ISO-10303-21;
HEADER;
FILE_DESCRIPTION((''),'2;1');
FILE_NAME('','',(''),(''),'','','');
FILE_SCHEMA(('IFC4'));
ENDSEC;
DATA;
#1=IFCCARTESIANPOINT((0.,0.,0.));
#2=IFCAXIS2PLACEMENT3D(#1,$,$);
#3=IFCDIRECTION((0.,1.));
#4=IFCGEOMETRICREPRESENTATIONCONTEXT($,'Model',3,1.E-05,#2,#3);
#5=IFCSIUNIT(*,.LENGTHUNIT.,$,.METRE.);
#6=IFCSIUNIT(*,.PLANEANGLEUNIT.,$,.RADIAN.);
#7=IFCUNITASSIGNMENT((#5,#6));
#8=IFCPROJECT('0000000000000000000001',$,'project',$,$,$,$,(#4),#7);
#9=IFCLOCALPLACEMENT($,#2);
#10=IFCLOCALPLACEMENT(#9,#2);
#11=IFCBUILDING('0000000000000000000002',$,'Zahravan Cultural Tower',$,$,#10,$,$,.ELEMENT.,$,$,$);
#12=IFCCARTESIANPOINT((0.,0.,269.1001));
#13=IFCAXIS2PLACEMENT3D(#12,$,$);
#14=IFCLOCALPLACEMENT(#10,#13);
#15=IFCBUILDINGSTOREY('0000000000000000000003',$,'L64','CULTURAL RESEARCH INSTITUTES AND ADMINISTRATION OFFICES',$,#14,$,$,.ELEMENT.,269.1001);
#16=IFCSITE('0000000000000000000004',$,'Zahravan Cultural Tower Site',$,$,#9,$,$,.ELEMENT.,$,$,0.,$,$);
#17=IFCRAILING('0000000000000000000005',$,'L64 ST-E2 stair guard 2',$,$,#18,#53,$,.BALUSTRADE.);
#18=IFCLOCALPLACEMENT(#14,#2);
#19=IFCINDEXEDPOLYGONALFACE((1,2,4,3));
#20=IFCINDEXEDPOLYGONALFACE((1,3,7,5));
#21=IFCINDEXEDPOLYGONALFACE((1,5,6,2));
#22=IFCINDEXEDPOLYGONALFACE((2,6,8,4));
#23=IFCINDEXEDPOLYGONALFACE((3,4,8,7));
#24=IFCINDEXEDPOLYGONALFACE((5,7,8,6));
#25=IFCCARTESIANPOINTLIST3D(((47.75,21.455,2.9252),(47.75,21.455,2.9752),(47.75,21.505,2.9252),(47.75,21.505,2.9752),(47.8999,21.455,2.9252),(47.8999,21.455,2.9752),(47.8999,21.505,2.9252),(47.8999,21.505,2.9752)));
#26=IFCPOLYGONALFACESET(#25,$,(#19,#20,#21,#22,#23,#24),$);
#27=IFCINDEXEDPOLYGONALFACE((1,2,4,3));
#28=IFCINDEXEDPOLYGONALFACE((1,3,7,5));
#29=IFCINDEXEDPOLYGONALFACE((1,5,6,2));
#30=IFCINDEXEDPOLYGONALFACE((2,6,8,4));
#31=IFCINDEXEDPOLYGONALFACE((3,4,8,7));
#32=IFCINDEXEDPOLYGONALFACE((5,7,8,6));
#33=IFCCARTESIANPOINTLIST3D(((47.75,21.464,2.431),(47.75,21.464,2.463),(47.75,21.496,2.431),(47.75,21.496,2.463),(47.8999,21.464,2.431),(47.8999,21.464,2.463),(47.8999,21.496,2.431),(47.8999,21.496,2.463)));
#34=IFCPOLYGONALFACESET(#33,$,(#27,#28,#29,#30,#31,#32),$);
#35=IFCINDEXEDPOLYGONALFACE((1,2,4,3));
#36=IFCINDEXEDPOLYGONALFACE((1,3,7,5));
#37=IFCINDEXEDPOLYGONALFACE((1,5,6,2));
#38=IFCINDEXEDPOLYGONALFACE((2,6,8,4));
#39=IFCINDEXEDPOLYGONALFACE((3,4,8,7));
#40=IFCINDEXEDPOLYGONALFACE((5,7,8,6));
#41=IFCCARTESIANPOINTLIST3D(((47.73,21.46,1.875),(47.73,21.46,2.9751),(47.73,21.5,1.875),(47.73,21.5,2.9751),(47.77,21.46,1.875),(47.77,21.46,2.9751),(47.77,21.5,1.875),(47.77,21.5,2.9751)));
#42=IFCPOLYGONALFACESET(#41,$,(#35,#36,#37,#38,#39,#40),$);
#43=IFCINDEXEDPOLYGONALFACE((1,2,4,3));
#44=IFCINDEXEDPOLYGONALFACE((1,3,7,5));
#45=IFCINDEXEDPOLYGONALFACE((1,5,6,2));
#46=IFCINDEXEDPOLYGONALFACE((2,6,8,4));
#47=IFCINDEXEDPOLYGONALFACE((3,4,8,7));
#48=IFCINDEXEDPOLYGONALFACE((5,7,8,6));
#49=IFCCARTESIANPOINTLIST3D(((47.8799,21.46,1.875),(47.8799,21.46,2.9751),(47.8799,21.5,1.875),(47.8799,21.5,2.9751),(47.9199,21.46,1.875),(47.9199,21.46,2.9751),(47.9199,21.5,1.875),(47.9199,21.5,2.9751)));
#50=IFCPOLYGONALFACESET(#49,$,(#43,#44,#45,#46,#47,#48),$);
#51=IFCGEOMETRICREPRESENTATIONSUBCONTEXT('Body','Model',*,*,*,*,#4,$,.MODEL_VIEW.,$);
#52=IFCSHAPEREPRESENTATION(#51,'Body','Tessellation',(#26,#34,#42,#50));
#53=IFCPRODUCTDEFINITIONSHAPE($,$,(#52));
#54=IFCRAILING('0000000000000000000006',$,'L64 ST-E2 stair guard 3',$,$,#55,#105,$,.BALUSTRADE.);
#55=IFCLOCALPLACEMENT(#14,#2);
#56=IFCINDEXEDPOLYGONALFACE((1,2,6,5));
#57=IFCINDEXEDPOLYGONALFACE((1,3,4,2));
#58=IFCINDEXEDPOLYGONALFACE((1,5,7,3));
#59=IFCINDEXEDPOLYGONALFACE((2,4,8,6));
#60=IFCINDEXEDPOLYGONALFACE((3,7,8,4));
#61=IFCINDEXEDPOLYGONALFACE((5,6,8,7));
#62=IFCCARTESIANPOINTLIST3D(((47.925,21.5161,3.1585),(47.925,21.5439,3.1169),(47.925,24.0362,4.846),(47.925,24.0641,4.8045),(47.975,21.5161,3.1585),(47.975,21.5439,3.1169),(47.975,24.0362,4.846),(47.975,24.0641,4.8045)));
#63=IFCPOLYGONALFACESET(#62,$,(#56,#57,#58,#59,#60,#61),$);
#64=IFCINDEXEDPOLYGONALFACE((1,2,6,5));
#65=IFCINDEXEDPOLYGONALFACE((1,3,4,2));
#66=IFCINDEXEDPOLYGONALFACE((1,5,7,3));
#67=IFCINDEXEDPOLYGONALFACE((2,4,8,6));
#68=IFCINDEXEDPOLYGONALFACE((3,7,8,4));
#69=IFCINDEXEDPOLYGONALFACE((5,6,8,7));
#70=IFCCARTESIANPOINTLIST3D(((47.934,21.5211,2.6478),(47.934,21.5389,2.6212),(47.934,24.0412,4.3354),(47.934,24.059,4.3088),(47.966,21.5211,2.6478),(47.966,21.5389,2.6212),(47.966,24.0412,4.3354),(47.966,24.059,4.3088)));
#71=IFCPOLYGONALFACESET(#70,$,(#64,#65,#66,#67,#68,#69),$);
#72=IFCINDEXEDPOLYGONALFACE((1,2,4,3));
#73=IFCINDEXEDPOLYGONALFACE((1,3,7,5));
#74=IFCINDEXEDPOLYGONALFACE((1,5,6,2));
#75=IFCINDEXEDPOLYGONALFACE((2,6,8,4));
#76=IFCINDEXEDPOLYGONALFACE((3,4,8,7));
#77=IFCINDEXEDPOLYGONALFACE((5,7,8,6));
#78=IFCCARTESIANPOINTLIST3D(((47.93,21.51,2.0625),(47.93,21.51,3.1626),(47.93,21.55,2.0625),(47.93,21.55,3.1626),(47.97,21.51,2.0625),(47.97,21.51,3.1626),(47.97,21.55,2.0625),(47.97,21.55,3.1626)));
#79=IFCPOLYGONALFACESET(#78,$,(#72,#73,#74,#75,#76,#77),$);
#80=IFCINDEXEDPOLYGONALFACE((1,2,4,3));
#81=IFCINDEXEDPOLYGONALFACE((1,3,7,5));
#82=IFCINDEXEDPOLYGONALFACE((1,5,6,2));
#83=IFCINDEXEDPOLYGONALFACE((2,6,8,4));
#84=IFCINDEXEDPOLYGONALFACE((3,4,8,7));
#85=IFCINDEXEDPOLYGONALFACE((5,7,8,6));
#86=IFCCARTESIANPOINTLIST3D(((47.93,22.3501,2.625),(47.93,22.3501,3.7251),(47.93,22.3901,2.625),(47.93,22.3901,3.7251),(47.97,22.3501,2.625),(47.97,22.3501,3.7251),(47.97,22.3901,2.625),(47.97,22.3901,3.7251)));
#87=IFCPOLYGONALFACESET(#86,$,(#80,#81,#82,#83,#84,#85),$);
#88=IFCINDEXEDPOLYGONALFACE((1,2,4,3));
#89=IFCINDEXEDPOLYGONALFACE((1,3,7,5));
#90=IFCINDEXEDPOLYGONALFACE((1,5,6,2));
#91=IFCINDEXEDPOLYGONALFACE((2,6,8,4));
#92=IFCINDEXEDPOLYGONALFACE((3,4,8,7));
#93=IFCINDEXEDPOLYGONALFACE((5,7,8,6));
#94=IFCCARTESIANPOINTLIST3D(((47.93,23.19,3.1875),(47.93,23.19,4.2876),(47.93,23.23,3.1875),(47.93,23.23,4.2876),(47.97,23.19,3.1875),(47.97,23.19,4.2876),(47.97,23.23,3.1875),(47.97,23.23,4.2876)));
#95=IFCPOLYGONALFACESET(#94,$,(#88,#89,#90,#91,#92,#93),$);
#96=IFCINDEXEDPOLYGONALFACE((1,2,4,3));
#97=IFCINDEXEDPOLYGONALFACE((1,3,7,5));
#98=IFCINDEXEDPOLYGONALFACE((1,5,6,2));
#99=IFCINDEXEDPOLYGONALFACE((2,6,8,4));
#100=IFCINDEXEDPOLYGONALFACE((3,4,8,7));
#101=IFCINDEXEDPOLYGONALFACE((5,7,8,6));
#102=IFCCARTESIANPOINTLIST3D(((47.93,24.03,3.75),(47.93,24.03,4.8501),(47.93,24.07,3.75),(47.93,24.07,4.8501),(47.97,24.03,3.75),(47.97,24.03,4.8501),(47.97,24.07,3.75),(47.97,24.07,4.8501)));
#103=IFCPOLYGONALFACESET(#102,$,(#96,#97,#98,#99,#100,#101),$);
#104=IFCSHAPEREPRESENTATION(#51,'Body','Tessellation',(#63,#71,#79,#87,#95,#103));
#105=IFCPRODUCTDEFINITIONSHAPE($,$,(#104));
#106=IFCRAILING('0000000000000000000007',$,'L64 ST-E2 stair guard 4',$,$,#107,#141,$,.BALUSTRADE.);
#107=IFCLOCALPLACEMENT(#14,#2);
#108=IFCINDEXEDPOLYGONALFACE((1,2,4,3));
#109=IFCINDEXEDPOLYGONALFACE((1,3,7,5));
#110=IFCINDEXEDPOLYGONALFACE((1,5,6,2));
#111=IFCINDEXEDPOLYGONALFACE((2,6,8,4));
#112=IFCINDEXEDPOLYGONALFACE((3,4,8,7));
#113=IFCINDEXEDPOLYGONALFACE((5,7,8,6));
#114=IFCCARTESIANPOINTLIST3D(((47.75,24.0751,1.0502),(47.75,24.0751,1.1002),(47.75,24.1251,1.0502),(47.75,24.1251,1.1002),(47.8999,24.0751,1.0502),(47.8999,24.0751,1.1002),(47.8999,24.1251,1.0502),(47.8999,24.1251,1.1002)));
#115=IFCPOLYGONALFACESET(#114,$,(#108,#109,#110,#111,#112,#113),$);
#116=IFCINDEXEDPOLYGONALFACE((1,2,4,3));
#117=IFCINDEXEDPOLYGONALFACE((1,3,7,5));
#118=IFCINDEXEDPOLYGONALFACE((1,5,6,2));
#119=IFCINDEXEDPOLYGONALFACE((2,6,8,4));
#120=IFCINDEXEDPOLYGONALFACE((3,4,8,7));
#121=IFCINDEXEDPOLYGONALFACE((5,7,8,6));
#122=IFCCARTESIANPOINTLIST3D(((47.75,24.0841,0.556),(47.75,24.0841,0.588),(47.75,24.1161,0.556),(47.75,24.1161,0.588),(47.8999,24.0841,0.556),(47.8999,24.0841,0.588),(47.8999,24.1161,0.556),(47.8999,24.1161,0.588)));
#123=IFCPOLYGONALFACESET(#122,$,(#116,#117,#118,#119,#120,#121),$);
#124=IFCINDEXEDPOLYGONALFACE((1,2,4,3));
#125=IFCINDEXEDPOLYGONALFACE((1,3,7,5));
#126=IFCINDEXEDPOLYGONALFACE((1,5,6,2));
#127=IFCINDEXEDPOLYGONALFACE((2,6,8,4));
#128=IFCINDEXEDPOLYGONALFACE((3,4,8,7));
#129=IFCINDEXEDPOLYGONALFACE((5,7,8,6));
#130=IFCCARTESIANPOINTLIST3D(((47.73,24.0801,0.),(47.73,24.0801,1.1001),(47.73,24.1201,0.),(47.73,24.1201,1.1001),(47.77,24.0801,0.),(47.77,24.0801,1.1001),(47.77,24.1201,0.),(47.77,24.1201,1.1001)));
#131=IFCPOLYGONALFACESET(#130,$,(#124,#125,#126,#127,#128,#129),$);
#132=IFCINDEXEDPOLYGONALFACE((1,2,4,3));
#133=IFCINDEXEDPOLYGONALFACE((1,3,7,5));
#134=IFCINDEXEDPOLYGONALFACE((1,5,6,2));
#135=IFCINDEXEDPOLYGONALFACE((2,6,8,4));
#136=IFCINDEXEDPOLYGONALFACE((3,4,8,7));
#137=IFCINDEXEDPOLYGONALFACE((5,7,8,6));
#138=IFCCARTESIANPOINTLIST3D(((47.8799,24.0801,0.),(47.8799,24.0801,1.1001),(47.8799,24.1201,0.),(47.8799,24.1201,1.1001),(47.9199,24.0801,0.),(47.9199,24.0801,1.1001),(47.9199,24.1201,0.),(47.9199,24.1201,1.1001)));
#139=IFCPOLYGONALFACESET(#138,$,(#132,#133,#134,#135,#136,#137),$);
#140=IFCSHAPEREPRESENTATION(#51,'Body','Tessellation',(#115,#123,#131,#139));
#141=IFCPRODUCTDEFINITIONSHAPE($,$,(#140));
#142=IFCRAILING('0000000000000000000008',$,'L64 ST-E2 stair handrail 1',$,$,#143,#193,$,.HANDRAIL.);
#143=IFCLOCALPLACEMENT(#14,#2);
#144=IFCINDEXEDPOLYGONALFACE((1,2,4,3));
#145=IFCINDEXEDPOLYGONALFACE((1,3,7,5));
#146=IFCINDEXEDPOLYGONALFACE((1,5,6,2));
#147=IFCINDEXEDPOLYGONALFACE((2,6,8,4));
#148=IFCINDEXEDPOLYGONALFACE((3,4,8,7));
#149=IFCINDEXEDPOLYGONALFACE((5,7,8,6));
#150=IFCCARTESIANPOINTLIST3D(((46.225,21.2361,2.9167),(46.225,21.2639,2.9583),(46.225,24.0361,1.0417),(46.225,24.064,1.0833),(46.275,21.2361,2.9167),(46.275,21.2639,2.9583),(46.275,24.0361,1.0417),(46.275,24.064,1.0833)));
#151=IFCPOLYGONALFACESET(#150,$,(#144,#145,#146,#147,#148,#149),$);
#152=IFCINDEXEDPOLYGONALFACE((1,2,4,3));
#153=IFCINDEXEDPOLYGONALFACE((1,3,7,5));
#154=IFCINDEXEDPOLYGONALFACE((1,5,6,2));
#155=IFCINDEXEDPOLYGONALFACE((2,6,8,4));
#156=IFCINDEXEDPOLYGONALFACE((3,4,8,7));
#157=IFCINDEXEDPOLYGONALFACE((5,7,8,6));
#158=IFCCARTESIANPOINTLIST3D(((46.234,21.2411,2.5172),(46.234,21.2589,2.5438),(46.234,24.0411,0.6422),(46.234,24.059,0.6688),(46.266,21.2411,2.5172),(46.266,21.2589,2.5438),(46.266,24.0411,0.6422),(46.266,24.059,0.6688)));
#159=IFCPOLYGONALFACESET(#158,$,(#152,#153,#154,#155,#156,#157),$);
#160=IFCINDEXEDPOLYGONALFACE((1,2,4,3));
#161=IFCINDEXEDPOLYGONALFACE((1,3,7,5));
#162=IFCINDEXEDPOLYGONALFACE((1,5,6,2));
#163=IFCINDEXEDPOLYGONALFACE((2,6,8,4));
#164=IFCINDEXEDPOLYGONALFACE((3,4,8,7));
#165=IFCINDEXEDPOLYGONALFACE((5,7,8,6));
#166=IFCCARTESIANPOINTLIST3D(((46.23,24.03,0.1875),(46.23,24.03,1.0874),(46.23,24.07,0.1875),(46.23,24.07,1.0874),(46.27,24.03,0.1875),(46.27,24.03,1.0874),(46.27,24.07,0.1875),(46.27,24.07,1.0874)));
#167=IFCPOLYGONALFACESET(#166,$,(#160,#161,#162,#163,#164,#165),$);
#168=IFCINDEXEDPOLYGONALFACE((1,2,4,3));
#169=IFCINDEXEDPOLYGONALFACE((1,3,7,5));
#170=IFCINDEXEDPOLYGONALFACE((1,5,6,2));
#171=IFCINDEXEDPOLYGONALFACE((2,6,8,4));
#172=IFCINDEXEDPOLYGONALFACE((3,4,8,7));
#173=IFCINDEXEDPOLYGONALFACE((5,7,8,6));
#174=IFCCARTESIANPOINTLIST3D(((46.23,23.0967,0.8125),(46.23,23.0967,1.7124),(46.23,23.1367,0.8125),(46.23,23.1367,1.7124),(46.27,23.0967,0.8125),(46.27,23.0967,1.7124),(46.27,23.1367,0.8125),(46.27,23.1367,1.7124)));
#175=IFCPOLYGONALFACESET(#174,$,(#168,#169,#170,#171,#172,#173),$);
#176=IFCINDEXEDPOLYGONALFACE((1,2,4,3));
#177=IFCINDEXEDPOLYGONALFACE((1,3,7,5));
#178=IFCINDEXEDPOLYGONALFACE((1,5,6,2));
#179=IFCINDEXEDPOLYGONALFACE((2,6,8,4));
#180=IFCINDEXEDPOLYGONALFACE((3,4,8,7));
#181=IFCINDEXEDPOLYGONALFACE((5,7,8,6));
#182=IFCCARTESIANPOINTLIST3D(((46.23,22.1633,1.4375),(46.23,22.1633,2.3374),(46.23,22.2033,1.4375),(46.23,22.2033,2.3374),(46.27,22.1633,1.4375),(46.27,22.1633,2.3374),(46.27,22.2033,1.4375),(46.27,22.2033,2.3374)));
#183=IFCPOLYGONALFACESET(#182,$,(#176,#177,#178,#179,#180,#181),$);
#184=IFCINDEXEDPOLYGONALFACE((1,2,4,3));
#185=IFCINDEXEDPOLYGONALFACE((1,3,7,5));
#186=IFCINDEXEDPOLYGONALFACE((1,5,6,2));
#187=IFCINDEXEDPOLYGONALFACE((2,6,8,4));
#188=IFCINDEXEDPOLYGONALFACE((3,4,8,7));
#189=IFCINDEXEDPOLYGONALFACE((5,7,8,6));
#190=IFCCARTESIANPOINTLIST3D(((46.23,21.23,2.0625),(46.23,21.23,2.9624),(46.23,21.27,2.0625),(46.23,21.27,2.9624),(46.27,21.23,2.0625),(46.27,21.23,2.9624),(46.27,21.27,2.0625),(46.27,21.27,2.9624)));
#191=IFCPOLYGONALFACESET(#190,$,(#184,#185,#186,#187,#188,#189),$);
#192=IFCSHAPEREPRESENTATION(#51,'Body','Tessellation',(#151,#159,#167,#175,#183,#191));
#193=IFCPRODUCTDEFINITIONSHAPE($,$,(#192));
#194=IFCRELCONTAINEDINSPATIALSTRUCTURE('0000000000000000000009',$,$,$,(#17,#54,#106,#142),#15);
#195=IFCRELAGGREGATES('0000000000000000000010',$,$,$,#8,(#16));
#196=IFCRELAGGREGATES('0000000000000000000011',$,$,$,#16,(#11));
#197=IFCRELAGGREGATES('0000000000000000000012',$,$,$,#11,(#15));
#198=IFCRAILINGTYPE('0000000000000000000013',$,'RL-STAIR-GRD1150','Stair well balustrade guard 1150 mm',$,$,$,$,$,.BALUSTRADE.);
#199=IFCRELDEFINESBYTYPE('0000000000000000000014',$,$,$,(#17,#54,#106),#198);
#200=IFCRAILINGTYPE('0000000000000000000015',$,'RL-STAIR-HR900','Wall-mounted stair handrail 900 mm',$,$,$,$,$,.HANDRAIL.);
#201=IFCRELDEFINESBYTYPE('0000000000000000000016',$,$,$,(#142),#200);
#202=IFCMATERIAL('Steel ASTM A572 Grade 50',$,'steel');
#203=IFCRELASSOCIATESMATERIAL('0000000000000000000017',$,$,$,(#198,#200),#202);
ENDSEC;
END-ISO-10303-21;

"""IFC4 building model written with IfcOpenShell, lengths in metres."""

from ifc_helpers import new_model, si_unit, direction, frame, origin, origin_2d, place, context, subcontext, project, spatial, rectangle, extrude, material, type_object, element, save


model = new_model("IFC4")

# Units and contexts
model_context = context("Model", 3, precision=1e-05, world=origin(), true_north=direction((0.0, 1.0)))
body_context = subcontext(model_context, "Body", "Model", "MODEL_VIEW")
ifc_project = project(units=[si_unit("LENGTHUNIT", "METRE"), si_unit("PLANEANGLEUNIT", "RADIAN")], contexts=[model_context])

# Site, building, storey
site_placement = place(None, origin())
site = spatial("IfcSite", under=ifc_project, at=site_placement, Name="Zahravan Cultural Tower Site", CompositionType="ELEMENT", RefElevation=0.0)
building_placement = place(site_placement, origin())
building = spatial("IfcBuilding", under=site, at=building_placement, Name="Zahravan Cultural Tower", CompositionType="ELEMENT")
storey_placement = place(building_placement, frame((0.0, 0.0, 269.1001)))
storey = spatial("IfcBuildingStorey", under=building, at=storey_placement, Name="L64", Description="CULTURAL RESEARCH INSTITUTES AND ADMINISTRATION OFFICES", CompositionType="ELEMENT", Elevation=269.1001)

# Shared definitions
ifc_material_1 = material(Name="Steel ASTM A572 Grade 50", Category="steel")

# Railings
railing_type_1 = type_object("IfcRailingType", Name="RL-STAIR-GRD1150", Description="Stair well balustrade guard 1150 mm", PredefinedType="BALUSTRADE", material=ifc_material_1)
railing_1_placement = place(storey_placement, frame((47.75, 21.48, 1.875)))
element("IfcRailing", 1, at=railing_1_placement, inside=storey, type_object=railing_type_1, Name="L64 ST-E2 stair guard 2", PredefinedType="BALUSTRADE", context=body_context, shape_type="SweptSolid", body=[
    extrude(rectangle(XDim=0.05, YDim=0.05, at=origin_2d()), frame((0.0, 0.0, 1.0752), z_axis=(1.0, 0.0, 0.0), x_axis=(0.0, 1.0, 0.0)), (0.0, 0.0, 1.0), 0.1499),
    extrude(rectangle(XDim=0.032, YDim=0.032, at=origin_2d()), frame((0.0, 0.0, 0.572), z_axis=(1.0, 0.0, 0.0), x_axis=(0.0, 1.0, 0.0)), (0.0, 0.0, 1.0), 0.1499),
    extrude(rectangle(XDim=0.04, YDim=0.04, at=origin_2d()), origin(), (0.0, 0.0, 1.0), 1.1001),
    extrude(rectangle(XDim=0.04, YDim=0.04, at=origin_2d()), frame((0.1499, 0.0, 0.0)), (0.0, 0.0, 1.0), 1.1001),
])
railing_2_placement = place(storey_placement, frame((47.95, 21.53, 2.0625)))
element("IfcRailing", 2, at=railing_2_placement, inside=storey, type_object=railing_type_1, Name="L64 ST-E2 stair guard 3", PredefinedType="BALUSTRADE", context=body_context, shape_type="SweptSolid", body=[
    extrude(rectangle(XDim=0.05, YDim=0.05, at=origin_2d()), frame((0.0, 0.0, 1.0752), z_axis=(0.0, 0.830909, 0.556408), x_axis=(-1.0, 0.0, 0.0)), (0.0, 0.0, 1.0), 3.033),
    extrude(rectangle(XDim=0.032, YDim=0.032, at=origin_2d()), frame((0.0, 0.0, 0.572), z_axis=(0.0, 0.830909, 0.556408), x_axis=(-1.0, 0.0, 0.0)), (0.0, 0.0, 1.0), 3.033),
    extrude(rectangle(XDim=0.04, YDim=0.04, at=origin_2d()), origin(), (0.0, 0.0, 1.0), 1.1001),
    extrude(rectangle(XDim=0.04, YDim=0.04, at=origin_2d()), frame((0.0, 0.8401, 0.5625)), (0.0, 0.0, 1.0), 1.1001),
    extrude(rectangle(XDim=0.04, YDim=0.04, at=origin_2d()), frame((0.0, 1.6799, 1.125)), (0.0, 0.0, 1.0), 1.1001),
    extrude(rectangle(XDim=0.04, YDim=0.04, at=origin_2d()), frame((0.0, 2.52, 1.6875)), (0.0, 0.0, 1.0), 1.1001),
])
railing_3_placement = place(storey_placement, frame((47.75, 24.1001, 0.0)))
element("IfcRailing", 3, at=railing_3_placement, inside=storey, type_object=railing_type_1, Name="L64 ST-E2 stair guard 4", PredefinedType="BALUSTRADE", context=body_context, shape_type="SweptSolid", body=[
    extrude(rectangle(XDim=0.05, YDim=0.05, at=origin_2d()), frame((0.0, 0.0, 1.0752), z_axis=(1.0, 0.0, 0.0), x_axis=(0.0, 1.0, 0.0)), (0.0, 0.0, 1.0), 0.1499),
    extrude(rectangle(XDim=0.032, YDim=0.032, at=origin_2d()), frame((0.0, 0.0, 0.572), z_axis=(1.0, 0.0, 0.0), x_axis=(0.0, 1.0, 0.0)), (0.0, 0.0, 1.0), 0.1499),
    extrude(rectangle(XDim=0.04, YDim=0.04, at=origin_2d()), origin(), (0.0, 0.0, 1.0), 1.1001),
    extrude(rectangle(XDim=0.04, YDim=0.04, at=origin_2d()), frame((0.1499, 0.0, 0.0)), (0.0, 0.0, 1.0), 1.1001),
])
railing_type_2 = type_object("IfcRailingType", Name="RL-STAIR-HR900", Description="Wall-mounted stair handrail 900 mm", PredefinedType="HANDRAIL", material=ifc_material_1)
railing_4_placement = place(storey_placement, frame((46.25, 24.05, 0.1875)))
element("IfcRailing", 4, at=railing_4_placement, inside=storey, type_object=railing_type_2, Name="L64 ST-E2 stair handrail 1", PredefinedType="HANDRAIL", context=body_context, shape_type="SweptSolid", body=[
    extrude(rectangle(XDim=0.05, YDim=0.05, at=origin_2d()), frame((0.0, 0.0, 0.875), z_axis=(0.0, -0.830912, 0.556404), x_axis=(1.0, 0.0, 0.0)), (0.0, 0.0, 1.0), 3.3699),
    extrude(rectangle(XDim=0.032, YDim=0.032, at=origin_2d()), frame((0.0, 0.0, 0.468), z_axis=(0.0, -0.830912, 0.556404), x_axis=(1.0, 0.0, 0.0)), (0.0, 0.0, 1.0), 3.3699),
    extrude(rectangle(XDim=0.04, YDim=0.04, at=origin_2d()), origin(), (0.0, 0.0, 1.0), 0.8999),
    extrude(rectangle(XDim=0.04, YDim=0.04, at=origin_2d()), frame((0.0, -0.9333, 0.625)), (0.0, 0.0, 1.0), 0.8999),
    extrude(rectangle(XDim=0.04, YDim=0.04, at=origin_2d()), frame((0.0, -1.8667, 1.25)), (0.0, 0.0, 1.0), 0.8999),
    extrude(rectangle(XDim=0.04, YDim=0.04, at=origin_2d()), frame((0.0, -2.8, 1.875)), (0.0, 0.0, 1.0), 0.8999),
])

save(model, "model.ifc")
